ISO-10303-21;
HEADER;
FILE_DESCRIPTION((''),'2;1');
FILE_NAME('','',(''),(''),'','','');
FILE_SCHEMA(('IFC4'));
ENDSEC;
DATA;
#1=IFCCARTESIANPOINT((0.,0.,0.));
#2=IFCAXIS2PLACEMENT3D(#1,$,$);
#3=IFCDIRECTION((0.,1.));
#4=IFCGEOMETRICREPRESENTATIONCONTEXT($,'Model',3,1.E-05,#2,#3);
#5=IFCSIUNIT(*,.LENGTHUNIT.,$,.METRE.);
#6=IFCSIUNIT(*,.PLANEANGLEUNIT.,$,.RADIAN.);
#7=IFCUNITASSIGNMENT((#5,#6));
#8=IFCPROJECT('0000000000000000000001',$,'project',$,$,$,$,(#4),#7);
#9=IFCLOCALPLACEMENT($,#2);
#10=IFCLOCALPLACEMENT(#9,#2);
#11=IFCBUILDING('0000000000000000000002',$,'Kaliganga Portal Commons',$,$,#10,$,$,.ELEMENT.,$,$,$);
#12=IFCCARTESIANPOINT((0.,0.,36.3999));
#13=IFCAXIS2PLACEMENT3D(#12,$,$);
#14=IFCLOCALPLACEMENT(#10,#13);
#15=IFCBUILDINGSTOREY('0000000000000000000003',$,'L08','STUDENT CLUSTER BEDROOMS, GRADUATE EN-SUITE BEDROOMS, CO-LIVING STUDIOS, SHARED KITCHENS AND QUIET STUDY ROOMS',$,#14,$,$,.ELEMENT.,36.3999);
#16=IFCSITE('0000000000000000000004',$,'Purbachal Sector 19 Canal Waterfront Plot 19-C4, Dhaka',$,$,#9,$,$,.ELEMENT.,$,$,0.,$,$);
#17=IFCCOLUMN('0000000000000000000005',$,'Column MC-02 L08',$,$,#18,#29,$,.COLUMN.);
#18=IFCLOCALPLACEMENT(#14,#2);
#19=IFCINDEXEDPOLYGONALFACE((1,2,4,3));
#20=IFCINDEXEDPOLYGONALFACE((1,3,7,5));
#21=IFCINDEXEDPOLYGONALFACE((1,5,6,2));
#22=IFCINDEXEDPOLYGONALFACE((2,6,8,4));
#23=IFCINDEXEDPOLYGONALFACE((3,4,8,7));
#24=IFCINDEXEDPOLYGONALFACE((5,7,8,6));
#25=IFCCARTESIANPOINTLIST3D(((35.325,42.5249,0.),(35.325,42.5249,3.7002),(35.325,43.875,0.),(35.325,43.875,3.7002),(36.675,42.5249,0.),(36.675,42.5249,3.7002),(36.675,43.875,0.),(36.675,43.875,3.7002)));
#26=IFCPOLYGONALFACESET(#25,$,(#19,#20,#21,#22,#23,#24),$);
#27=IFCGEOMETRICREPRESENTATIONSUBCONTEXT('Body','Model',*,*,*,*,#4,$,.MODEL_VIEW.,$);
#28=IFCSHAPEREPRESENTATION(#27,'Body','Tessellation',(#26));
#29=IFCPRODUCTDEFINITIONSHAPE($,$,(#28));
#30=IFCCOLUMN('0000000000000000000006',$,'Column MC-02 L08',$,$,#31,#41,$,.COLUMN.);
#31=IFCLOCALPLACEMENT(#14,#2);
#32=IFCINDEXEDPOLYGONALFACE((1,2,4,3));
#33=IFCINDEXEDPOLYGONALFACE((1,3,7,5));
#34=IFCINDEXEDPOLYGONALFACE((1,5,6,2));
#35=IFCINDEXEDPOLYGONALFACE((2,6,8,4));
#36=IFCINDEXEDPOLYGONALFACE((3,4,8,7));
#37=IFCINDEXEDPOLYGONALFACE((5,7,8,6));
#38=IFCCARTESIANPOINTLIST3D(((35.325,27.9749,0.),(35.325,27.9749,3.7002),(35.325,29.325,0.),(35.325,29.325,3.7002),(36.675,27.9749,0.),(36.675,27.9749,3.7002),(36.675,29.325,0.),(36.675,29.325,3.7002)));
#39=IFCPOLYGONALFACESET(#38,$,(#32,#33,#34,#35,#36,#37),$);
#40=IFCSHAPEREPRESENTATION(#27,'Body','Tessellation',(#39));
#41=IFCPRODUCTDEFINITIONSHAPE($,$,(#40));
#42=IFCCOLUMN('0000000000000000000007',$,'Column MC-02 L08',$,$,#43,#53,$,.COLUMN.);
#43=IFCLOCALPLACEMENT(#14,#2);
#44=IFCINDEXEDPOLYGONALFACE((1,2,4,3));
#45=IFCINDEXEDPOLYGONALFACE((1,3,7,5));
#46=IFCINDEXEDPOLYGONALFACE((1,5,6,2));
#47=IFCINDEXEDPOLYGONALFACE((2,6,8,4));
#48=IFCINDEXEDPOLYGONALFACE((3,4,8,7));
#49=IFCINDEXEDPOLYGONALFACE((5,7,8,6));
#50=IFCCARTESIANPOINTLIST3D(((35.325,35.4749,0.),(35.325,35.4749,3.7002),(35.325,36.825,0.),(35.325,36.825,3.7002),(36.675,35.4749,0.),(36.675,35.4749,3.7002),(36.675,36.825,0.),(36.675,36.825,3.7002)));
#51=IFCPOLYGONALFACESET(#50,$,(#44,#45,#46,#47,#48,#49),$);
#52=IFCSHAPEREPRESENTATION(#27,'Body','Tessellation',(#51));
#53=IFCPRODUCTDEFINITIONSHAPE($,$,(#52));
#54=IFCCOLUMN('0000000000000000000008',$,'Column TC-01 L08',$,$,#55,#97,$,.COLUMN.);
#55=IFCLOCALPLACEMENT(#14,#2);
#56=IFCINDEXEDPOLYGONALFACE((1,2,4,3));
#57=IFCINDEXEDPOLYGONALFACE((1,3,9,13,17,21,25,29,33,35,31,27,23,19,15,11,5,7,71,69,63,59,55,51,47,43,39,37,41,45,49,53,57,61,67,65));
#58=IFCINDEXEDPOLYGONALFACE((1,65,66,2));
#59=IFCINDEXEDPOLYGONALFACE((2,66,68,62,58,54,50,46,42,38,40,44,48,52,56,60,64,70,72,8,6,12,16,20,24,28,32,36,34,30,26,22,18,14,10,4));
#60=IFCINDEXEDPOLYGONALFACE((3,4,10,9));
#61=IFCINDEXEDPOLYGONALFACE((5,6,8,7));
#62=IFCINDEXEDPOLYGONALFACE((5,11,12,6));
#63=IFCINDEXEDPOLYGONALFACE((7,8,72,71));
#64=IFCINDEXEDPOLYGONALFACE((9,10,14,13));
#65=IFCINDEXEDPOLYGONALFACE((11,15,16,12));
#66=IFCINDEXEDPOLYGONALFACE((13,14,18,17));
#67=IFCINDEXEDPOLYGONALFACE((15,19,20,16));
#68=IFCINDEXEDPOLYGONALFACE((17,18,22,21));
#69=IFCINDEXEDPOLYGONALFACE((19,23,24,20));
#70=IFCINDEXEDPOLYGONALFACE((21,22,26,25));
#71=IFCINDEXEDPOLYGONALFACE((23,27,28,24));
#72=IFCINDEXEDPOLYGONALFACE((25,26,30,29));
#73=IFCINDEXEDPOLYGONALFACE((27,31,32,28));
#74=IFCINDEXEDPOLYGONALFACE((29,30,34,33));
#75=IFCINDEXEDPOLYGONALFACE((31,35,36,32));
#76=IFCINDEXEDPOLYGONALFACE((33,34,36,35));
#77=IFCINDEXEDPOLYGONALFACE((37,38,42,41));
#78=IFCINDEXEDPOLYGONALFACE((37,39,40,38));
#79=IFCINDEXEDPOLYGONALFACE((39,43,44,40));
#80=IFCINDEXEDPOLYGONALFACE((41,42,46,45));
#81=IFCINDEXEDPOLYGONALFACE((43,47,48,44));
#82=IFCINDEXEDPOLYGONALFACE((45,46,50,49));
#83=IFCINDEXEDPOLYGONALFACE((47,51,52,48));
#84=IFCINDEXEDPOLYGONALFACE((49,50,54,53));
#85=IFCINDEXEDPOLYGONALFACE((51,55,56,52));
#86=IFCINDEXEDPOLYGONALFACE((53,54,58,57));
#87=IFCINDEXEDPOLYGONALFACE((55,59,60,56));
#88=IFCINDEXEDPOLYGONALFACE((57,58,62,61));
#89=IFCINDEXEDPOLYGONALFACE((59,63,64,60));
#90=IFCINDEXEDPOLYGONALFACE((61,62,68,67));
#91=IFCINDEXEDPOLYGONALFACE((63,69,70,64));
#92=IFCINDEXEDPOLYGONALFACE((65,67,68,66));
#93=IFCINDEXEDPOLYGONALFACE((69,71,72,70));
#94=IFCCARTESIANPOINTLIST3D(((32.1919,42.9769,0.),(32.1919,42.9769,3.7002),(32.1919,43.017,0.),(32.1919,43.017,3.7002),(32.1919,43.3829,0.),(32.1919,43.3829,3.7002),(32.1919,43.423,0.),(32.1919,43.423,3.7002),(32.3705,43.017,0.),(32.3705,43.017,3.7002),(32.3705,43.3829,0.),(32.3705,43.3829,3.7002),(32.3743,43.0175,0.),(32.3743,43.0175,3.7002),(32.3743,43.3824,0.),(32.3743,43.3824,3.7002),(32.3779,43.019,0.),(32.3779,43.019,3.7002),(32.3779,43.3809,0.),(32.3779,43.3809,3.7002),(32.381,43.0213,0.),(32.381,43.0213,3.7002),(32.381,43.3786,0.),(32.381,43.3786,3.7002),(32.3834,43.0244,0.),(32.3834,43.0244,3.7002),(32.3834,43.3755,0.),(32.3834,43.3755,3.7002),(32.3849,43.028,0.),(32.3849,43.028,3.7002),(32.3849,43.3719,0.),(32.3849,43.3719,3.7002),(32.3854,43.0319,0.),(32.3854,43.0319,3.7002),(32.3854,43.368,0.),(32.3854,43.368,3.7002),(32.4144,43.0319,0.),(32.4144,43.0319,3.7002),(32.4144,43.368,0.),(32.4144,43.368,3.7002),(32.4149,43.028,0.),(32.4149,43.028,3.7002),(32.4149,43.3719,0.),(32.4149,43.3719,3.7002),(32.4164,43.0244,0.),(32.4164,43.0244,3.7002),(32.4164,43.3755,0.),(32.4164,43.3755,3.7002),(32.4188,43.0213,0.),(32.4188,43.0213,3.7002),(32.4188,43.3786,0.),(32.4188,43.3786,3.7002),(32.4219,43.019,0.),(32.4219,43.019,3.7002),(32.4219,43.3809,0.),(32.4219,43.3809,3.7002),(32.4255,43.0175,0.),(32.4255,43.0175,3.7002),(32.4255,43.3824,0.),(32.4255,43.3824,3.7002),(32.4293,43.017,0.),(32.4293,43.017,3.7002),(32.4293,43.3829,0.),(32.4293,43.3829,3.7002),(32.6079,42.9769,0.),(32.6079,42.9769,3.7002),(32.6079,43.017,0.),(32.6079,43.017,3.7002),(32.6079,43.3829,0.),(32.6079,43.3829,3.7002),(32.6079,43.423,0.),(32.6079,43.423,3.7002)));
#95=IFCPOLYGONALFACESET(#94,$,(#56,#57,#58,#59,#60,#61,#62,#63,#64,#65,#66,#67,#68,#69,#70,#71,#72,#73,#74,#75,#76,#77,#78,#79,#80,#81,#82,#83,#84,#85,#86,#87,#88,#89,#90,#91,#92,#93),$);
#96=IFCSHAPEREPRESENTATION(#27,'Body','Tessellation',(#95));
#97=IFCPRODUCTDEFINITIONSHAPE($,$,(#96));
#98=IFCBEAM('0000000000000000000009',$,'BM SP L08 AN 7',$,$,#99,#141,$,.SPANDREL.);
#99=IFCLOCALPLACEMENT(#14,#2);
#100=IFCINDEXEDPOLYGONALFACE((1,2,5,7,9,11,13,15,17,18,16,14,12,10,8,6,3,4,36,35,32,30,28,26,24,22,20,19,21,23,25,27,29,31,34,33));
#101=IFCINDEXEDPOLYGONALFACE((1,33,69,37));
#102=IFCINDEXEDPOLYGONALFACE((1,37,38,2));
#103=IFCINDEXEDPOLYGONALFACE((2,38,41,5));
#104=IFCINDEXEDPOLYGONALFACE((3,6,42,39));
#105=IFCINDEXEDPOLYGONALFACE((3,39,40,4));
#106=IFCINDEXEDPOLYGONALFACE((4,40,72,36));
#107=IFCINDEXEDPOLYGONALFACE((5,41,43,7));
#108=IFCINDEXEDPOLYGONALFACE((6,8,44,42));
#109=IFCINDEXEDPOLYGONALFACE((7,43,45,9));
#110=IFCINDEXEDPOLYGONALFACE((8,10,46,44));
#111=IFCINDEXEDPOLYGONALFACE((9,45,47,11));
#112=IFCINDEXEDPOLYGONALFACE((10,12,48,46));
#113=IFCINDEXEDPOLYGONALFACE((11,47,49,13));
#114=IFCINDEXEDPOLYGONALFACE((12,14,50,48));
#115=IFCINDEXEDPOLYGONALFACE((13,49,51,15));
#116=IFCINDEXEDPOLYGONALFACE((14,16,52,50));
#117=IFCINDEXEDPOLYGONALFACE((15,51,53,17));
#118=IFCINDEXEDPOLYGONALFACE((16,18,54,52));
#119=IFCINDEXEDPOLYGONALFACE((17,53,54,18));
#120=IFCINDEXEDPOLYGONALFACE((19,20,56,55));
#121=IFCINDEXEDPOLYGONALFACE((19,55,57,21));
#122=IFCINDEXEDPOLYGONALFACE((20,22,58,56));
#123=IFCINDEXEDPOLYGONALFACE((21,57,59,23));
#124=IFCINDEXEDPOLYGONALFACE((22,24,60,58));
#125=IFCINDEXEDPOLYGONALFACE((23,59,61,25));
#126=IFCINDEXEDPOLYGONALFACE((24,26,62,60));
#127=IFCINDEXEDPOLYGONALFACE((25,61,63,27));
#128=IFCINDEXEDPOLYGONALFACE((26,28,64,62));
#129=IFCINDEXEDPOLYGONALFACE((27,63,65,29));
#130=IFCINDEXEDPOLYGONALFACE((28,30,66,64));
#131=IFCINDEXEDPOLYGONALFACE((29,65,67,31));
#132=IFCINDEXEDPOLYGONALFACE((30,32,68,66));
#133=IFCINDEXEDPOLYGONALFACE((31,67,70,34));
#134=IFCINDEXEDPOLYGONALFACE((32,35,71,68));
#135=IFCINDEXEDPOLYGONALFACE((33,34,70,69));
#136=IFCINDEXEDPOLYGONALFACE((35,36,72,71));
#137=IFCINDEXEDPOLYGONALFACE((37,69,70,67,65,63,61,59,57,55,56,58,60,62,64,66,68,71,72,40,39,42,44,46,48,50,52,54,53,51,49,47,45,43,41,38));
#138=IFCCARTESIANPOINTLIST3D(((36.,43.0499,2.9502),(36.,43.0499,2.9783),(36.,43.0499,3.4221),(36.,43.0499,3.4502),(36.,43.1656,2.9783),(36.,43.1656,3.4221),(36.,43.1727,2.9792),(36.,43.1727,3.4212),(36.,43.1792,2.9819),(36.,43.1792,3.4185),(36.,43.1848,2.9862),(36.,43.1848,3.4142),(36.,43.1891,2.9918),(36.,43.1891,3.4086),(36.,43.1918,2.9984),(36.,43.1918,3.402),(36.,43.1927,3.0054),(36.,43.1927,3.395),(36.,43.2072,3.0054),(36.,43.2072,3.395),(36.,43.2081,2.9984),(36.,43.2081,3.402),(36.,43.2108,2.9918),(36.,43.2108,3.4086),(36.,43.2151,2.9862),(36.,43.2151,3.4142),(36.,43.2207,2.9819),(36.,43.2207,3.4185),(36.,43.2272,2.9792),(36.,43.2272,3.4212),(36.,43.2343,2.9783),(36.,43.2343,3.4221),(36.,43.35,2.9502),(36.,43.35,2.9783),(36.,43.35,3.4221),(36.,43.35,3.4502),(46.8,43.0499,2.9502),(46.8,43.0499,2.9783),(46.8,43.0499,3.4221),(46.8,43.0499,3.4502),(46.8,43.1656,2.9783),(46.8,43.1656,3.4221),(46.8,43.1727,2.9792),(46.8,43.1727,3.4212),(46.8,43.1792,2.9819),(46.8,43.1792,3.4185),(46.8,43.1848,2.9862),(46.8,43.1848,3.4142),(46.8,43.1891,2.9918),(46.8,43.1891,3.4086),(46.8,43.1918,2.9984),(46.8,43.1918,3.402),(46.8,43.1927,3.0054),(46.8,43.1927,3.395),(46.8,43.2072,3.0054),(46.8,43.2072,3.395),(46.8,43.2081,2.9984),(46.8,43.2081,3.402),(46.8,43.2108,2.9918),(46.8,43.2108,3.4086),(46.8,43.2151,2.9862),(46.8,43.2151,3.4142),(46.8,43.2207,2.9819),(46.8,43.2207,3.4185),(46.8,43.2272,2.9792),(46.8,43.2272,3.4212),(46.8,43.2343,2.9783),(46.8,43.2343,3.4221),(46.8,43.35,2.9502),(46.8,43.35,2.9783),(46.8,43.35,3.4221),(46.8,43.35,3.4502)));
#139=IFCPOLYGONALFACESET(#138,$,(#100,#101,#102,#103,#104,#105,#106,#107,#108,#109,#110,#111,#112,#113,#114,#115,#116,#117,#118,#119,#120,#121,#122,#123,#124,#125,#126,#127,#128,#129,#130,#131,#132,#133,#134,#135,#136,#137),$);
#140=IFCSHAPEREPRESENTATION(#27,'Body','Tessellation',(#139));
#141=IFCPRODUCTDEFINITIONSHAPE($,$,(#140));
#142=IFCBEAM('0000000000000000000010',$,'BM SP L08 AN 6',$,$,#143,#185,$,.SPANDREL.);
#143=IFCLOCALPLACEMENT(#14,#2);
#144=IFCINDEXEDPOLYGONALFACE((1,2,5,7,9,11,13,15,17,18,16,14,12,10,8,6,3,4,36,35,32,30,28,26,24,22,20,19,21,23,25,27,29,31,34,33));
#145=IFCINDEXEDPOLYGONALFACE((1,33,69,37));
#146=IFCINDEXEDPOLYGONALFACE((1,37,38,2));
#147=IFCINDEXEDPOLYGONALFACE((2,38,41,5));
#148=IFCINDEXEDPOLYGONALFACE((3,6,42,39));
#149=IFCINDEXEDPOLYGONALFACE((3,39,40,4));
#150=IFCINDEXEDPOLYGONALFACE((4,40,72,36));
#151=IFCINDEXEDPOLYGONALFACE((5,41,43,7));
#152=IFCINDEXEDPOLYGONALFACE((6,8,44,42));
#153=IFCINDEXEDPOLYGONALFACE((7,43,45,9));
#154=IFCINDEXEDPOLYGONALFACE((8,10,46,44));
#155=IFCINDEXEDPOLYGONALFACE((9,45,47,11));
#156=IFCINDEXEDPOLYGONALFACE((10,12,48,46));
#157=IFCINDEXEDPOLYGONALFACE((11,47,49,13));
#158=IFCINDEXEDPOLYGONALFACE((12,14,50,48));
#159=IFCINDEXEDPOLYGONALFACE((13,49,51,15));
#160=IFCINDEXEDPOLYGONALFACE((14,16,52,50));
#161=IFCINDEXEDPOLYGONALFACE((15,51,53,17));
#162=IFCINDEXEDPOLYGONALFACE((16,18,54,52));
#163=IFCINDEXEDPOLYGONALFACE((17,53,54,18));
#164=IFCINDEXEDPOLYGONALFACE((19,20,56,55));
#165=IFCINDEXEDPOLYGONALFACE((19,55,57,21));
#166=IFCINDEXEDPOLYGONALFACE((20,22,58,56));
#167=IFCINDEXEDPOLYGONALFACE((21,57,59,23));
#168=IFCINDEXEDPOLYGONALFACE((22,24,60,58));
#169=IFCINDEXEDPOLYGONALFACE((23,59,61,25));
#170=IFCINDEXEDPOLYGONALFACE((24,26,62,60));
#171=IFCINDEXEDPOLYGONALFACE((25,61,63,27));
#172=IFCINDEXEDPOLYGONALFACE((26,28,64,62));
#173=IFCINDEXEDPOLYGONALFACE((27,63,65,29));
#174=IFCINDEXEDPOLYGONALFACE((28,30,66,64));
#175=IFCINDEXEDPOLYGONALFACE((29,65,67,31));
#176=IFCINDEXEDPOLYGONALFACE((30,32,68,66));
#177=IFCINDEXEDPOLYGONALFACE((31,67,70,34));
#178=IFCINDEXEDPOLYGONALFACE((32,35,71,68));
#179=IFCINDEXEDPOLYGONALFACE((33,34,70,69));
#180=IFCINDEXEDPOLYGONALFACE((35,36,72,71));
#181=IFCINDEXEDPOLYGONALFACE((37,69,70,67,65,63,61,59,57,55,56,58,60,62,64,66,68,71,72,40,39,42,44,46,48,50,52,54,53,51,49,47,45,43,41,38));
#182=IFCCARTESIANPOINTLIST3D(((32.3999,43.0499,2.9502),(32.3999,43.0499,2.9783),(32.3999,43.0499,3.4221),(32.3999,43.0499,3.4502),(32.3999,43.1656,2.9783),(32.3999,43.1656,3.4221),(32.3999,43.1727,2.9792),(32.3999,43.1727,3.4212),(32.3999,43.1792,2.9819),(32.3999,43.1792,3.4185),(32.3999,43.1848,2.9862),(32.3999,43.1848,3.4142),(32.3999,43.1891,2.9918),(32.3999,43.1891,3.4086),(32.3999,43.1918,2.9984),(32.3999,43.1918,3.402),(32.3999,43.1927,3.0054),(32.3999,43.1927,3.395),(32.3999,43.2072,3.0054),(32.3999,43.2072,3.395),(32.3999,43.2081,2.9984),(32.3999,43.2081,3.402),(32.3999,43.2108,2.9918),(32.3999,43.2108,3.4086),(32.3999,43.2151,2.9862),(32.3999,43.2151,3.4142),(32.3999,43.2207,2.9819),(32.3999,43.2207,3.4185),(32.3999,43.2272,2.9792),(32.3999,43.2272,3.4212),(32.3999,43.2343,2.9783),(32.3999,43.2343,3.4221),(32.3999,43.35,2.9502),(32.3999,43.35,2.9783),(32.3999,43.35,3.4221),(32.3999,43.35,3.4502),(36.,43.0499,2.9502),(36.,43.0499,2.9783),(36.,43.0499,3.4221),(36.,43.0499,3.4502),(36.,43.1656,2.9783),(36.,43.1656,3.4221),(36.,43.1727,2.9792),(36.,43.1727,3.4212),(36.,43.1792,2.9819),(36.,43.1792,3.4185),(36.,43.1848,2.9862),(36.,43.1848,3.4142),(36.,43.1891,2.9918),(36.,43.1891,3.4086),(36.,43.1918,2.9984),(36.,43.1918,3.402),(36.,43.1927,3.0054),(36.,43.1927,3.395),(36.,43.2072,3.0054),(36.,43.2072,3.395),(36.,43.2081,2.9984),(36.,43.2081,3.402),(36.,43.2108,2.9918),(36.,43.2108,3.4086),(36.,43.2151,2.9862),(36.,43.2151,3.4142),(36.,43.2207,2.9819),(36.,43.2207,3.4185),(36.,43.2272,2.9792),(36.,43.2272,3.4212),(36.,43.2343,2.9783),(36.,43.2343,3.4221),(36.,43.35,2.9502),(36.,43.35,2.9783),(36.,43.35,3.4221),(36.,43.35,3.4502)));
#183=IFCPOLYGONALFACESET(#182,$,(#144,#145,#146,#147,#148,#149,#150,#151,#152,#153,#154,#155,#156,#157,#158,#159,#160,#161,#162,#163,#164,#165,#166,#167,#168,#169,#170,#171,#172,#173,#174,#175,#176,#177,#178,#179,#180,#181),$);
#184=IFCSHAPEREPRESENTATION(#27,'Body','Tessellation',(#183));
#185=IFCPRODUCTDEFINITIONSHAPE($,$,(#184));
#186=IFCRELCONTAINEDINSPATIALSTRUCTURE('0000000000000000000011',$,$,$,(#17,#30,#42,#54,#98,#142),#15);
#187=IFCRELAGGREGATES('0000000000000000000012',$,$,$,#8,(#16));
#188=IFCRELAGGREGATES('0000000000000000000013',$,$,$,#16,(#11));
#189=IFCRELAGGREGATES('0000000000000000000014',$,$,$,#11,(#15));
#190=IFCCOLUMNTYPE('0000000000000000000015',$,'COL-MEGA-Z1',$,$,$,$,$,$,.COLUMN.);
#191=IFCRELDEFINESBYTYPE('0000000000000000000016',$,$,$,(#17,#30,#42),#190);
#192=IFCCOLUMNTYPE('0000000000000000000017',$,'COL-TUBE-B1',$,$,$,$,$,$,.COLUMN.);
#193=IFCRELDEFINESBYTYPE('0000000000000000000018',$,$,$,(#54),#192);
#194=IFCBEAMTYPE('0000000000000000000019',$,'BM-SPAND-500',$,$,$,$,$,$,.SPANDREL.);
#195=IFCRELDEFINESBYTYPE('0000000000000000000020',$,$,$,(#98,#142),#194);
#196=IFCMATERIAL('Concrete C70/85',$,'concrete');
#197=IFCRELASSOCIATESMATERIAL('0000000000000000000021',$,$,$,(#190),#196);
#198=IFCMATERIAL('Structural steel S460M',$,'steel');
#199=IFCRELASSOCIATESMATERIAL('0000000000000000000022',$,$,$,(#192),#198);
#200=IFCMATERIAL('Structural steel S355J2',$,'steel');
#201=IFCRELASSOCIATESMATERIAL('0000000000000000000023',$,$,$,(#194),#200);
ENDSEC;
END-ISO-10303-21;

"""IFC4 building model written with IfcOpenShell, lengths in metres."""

from ifc_helpers import new_model, si_unit, direction, frame, origin, origin_2d, place, context, subcontext, project, spatial, rectangle, i_section, extrude, source, transform, mapped, material, material_profile, profile_set, type_object, element, save


model = new_model("IFC4")

# Units and contexts
model_context = context("Model", 3, precision=1e-05, world=origin(), true_north=direction((0.0, 1.0)))
body_context = subcontext(model_context, "Body", "Model", "MODEL_VIEW")
ifc_project = project(units=[si_unit("LENGTHUNIT", "METRE"), si_unit("PLANEANGLEUNIT", "RADIAN")], contexts=[model_context])

# Site, building, storey
site_placement = place(None, origin())
site = spatial("IfcSite", under=ifc_project, at=site_placement, Name="Purbachal Sector 19 Canal Waterfront Plot 19-C4, Dhaka", CompositionType="ELEMENT", RefElevation=0.0)
building_placement = place(site_placement, origin())
building = spatial("IfcBuilding", under=site, at=building_placement, Name="Kaliganga Portal Commons", CompositionType="ELEMENT")
storey_placement = place(building_placement, frame((0.0, 0.0, 36.3999)))
storey = spatial("IfcBuildingStorey", under=building, at=storey_placement, Name="L08", Description="STUDENT CLUSTER BEDROOMS, GRADUATE EN-SUITE BEDROOMS, CO-LIVING STUDIOS, SHARED KITCHENS AND QUIET STUDY ROOMS", CompositionType="ELEMENT", Elevation=36.3999)

# Columns
ifc_material_1 = material(Name="Concrete C70/85", Category="concrete")
ifc_material_profile_1 = material_profile(ifc_material_1, rectangle(XDim=1.3501, YDim=1.3501, at=origin_2d()), Name="RC 1350x1350")
ifc_profile_set_1 = profile_set([ifc_material_profile_1], Name="Concrete C70/85")
column_type_1 = type_object("IfcColumnType", Name="COL-MEGA-Z1", PredefinedType="COLUMN", material=ifc_profile_set_1)
shared_shape_1 = source(origin(), body_context, "Body", "SweptSolid", [
    extrude(rectangle(XDim=1.3501, YDim=1.3501, at=origin_2d()), origin(), (0.0, 0.0, 1.0), 3.7002),
])
for number, where, z_axis, x_axis, name in (
    (1, (36.0, 43.2, 0.0), (0.0, 0.0, 1.0), (1.0, 0.0, 0.0), "Column MC-02 L08"),
    (2, (36.0, 28.6499, 0.0), (0.0, 0.0, 1.0), (1.0, 0.0, 0.0), "Column MC-02 L08"),
    (3, (36.0, 36.1499, 0.0), (0.0, 0.0, 1.0), (1.0, 0.0, 0.0), "Column MC-02 L08"),
):
    element("IfcColumn", number, at=place(storey_placement, frame(where, z_axis=z_axis, x_axis=x_axis)), inside=storey, type_object=column_type_1, Name=name, PredefinedType="COLUMN", context=body_context, shape_type="MappedRepresentation", body=[
        mapped(shared_shape_1, transform((0.0, 0.0, 0.0), x_axis=(1.0, 0.0, 0.0), y_axis=(0.0, 1.0, 0.0), z_axis=(0.0, 0.0, 1.0), scale=1.0)),
    ])
ifc_material_2 = material(Name="Structural steel S460M", Category="steel")
ifc_material_profile_2 = material_profile(ifc_material_2, i_section(OverallWidth=0.416, OverallDepth=0.446, WebThickness=0.0291, FlangeThickness=0.04, FilletRadius=0.0149, at=origin_2d()), Name="HD 400x509")
ifc_profile_set_2 = profile_set([ifc_material_profile_2], Name="Structural steel S460M wide-flange")
column_type_2 = type_object("IfcColumnType", Name="COL-TUBE-B1", PredefinedType="COLUMN", material=ifc_profile_set_2)
shared_shape_2 = source(origin(), body_context, "Body", "SweptSolid", [
    extrude(i_section(OverallWidth=0.416, OverallDepth=0.446, WebThickness=0.0291, FlangeThickness=0.04, FilletRadius=0.0149, at=origin_2d()), origin(), (0.0, 0.0, 1.0), 3.7002),
])
column_placement = place(storey_placement, frame((32.3999, 43.2, 0.0), z_axis=(0.0, 0.0, 1.0), x_axis=(1.0, 0.0, 0.0)))
element("IfcColumn", 4, at=column_placement, inside=storey, type_object=column_type_2, Name="Column TC-01 L08", PredefinedType="COLUMN", context=body_context, shape_type="MappedRepresentation", body=[
    mapped(shared_shape_2, transform((0.0, 0.0, 0.0), x_axis=(1.0, 0.0, 0.0), y_axis=(0.0, 1.0, 0.0), z_axis=(0.0, 0.0, 1.0), scale=1.0)),
])

# Beams
ifc_material_3 = material(Name="Structural steel S355J2", Category="steel")
ifc_material_profile_3 = material_profile(ifc_material_3, i_section(OverallWidth=0.3, OverallDepth=0.5, WebThickness=0.0144, FlangeThickness=0.0281, FilletRadius=0.0271, at=origin_2d()), Name="HE 500 B")
ifc_profile_set_3 = profile_set([ifc_material_profile_3], Name="Structural steel S355J2 wide-flange")
beam_type_1 = type_object("IfcBeamType", Name="BM-SPAND-500", PredefinedType="SPANDREL", material=ifc_profile_set_3)
shared_shape_3 = source(origin(), body_context, "Body", "SweptSolid", [
    extrude(i_section(OverallWidth=0.3, OverallDepth=0.5, WebThickness=0.0144, FlangeThickness=0.0281, FilletRadius=0.0271, at=origin_2d()), origin(), (0.0, 0.0, 1.0), 10.8),
])
beam_1_placement = place(storey_placement, frame((36.0, 43.2, 3.2002), z_axis=(1.0, 0.0, 0.0), x_axis=(0.0, 1.0, 0.0)))
element("IfcBeam", 5, at=beam_1_placement, inside=storey, type_object=beam_type_1, Name="BM SP L08 AN 7", PredefinedType="SPANDREL", context=body_context, shape_type="MappedRepresentation", body=[
    mapped(shared_shape_3, transform((0.0, 0.0, 0.0), x_axis=(1.0, 0.0, 0.0), y_axis=(0.0, 1.0, 0.0), z_axis=(0.0, 0.0, 1.0), scale=1.0)),
])
shared_shape_4 = source(origin(), body_context, "Body", "SweptSolid", [
    extrude(i_section(OverallWidth=0.3, OverallDepth=0.5, WebThickness=0.0144, FlangeThickness=0.0281, FilletRadius=0.0271, at=origin_2d()), origin(), (0.0, 0.0, 1.0), 3.6001),
])
beam_2_placement = place(storey_placement, frame((32.3999, 43.2, 3.2002), z_axis=(1.0, 0.0, 0.0), x_axis=(0.0, 1.0, 0.0)))
element("IfcBeam", 6, at=beam_2_placement, inside=storey, type_object=beam_type_1, Name="BM SP L08 AN 6", PredefinedType="SPANDREL", context=body_context, shape_type="MappedRepresentation", body=[
    mapped(shared_shape_4, transform((0.0, 0.0, 0.0), x_axis=(1.0, 0.0, 0.0), y_axis=(0.0, 1.0, 0.0), z_axis=(0.0, 0.0, 1.0), scale=1.0)),
])

save(model, "model.ifc")
